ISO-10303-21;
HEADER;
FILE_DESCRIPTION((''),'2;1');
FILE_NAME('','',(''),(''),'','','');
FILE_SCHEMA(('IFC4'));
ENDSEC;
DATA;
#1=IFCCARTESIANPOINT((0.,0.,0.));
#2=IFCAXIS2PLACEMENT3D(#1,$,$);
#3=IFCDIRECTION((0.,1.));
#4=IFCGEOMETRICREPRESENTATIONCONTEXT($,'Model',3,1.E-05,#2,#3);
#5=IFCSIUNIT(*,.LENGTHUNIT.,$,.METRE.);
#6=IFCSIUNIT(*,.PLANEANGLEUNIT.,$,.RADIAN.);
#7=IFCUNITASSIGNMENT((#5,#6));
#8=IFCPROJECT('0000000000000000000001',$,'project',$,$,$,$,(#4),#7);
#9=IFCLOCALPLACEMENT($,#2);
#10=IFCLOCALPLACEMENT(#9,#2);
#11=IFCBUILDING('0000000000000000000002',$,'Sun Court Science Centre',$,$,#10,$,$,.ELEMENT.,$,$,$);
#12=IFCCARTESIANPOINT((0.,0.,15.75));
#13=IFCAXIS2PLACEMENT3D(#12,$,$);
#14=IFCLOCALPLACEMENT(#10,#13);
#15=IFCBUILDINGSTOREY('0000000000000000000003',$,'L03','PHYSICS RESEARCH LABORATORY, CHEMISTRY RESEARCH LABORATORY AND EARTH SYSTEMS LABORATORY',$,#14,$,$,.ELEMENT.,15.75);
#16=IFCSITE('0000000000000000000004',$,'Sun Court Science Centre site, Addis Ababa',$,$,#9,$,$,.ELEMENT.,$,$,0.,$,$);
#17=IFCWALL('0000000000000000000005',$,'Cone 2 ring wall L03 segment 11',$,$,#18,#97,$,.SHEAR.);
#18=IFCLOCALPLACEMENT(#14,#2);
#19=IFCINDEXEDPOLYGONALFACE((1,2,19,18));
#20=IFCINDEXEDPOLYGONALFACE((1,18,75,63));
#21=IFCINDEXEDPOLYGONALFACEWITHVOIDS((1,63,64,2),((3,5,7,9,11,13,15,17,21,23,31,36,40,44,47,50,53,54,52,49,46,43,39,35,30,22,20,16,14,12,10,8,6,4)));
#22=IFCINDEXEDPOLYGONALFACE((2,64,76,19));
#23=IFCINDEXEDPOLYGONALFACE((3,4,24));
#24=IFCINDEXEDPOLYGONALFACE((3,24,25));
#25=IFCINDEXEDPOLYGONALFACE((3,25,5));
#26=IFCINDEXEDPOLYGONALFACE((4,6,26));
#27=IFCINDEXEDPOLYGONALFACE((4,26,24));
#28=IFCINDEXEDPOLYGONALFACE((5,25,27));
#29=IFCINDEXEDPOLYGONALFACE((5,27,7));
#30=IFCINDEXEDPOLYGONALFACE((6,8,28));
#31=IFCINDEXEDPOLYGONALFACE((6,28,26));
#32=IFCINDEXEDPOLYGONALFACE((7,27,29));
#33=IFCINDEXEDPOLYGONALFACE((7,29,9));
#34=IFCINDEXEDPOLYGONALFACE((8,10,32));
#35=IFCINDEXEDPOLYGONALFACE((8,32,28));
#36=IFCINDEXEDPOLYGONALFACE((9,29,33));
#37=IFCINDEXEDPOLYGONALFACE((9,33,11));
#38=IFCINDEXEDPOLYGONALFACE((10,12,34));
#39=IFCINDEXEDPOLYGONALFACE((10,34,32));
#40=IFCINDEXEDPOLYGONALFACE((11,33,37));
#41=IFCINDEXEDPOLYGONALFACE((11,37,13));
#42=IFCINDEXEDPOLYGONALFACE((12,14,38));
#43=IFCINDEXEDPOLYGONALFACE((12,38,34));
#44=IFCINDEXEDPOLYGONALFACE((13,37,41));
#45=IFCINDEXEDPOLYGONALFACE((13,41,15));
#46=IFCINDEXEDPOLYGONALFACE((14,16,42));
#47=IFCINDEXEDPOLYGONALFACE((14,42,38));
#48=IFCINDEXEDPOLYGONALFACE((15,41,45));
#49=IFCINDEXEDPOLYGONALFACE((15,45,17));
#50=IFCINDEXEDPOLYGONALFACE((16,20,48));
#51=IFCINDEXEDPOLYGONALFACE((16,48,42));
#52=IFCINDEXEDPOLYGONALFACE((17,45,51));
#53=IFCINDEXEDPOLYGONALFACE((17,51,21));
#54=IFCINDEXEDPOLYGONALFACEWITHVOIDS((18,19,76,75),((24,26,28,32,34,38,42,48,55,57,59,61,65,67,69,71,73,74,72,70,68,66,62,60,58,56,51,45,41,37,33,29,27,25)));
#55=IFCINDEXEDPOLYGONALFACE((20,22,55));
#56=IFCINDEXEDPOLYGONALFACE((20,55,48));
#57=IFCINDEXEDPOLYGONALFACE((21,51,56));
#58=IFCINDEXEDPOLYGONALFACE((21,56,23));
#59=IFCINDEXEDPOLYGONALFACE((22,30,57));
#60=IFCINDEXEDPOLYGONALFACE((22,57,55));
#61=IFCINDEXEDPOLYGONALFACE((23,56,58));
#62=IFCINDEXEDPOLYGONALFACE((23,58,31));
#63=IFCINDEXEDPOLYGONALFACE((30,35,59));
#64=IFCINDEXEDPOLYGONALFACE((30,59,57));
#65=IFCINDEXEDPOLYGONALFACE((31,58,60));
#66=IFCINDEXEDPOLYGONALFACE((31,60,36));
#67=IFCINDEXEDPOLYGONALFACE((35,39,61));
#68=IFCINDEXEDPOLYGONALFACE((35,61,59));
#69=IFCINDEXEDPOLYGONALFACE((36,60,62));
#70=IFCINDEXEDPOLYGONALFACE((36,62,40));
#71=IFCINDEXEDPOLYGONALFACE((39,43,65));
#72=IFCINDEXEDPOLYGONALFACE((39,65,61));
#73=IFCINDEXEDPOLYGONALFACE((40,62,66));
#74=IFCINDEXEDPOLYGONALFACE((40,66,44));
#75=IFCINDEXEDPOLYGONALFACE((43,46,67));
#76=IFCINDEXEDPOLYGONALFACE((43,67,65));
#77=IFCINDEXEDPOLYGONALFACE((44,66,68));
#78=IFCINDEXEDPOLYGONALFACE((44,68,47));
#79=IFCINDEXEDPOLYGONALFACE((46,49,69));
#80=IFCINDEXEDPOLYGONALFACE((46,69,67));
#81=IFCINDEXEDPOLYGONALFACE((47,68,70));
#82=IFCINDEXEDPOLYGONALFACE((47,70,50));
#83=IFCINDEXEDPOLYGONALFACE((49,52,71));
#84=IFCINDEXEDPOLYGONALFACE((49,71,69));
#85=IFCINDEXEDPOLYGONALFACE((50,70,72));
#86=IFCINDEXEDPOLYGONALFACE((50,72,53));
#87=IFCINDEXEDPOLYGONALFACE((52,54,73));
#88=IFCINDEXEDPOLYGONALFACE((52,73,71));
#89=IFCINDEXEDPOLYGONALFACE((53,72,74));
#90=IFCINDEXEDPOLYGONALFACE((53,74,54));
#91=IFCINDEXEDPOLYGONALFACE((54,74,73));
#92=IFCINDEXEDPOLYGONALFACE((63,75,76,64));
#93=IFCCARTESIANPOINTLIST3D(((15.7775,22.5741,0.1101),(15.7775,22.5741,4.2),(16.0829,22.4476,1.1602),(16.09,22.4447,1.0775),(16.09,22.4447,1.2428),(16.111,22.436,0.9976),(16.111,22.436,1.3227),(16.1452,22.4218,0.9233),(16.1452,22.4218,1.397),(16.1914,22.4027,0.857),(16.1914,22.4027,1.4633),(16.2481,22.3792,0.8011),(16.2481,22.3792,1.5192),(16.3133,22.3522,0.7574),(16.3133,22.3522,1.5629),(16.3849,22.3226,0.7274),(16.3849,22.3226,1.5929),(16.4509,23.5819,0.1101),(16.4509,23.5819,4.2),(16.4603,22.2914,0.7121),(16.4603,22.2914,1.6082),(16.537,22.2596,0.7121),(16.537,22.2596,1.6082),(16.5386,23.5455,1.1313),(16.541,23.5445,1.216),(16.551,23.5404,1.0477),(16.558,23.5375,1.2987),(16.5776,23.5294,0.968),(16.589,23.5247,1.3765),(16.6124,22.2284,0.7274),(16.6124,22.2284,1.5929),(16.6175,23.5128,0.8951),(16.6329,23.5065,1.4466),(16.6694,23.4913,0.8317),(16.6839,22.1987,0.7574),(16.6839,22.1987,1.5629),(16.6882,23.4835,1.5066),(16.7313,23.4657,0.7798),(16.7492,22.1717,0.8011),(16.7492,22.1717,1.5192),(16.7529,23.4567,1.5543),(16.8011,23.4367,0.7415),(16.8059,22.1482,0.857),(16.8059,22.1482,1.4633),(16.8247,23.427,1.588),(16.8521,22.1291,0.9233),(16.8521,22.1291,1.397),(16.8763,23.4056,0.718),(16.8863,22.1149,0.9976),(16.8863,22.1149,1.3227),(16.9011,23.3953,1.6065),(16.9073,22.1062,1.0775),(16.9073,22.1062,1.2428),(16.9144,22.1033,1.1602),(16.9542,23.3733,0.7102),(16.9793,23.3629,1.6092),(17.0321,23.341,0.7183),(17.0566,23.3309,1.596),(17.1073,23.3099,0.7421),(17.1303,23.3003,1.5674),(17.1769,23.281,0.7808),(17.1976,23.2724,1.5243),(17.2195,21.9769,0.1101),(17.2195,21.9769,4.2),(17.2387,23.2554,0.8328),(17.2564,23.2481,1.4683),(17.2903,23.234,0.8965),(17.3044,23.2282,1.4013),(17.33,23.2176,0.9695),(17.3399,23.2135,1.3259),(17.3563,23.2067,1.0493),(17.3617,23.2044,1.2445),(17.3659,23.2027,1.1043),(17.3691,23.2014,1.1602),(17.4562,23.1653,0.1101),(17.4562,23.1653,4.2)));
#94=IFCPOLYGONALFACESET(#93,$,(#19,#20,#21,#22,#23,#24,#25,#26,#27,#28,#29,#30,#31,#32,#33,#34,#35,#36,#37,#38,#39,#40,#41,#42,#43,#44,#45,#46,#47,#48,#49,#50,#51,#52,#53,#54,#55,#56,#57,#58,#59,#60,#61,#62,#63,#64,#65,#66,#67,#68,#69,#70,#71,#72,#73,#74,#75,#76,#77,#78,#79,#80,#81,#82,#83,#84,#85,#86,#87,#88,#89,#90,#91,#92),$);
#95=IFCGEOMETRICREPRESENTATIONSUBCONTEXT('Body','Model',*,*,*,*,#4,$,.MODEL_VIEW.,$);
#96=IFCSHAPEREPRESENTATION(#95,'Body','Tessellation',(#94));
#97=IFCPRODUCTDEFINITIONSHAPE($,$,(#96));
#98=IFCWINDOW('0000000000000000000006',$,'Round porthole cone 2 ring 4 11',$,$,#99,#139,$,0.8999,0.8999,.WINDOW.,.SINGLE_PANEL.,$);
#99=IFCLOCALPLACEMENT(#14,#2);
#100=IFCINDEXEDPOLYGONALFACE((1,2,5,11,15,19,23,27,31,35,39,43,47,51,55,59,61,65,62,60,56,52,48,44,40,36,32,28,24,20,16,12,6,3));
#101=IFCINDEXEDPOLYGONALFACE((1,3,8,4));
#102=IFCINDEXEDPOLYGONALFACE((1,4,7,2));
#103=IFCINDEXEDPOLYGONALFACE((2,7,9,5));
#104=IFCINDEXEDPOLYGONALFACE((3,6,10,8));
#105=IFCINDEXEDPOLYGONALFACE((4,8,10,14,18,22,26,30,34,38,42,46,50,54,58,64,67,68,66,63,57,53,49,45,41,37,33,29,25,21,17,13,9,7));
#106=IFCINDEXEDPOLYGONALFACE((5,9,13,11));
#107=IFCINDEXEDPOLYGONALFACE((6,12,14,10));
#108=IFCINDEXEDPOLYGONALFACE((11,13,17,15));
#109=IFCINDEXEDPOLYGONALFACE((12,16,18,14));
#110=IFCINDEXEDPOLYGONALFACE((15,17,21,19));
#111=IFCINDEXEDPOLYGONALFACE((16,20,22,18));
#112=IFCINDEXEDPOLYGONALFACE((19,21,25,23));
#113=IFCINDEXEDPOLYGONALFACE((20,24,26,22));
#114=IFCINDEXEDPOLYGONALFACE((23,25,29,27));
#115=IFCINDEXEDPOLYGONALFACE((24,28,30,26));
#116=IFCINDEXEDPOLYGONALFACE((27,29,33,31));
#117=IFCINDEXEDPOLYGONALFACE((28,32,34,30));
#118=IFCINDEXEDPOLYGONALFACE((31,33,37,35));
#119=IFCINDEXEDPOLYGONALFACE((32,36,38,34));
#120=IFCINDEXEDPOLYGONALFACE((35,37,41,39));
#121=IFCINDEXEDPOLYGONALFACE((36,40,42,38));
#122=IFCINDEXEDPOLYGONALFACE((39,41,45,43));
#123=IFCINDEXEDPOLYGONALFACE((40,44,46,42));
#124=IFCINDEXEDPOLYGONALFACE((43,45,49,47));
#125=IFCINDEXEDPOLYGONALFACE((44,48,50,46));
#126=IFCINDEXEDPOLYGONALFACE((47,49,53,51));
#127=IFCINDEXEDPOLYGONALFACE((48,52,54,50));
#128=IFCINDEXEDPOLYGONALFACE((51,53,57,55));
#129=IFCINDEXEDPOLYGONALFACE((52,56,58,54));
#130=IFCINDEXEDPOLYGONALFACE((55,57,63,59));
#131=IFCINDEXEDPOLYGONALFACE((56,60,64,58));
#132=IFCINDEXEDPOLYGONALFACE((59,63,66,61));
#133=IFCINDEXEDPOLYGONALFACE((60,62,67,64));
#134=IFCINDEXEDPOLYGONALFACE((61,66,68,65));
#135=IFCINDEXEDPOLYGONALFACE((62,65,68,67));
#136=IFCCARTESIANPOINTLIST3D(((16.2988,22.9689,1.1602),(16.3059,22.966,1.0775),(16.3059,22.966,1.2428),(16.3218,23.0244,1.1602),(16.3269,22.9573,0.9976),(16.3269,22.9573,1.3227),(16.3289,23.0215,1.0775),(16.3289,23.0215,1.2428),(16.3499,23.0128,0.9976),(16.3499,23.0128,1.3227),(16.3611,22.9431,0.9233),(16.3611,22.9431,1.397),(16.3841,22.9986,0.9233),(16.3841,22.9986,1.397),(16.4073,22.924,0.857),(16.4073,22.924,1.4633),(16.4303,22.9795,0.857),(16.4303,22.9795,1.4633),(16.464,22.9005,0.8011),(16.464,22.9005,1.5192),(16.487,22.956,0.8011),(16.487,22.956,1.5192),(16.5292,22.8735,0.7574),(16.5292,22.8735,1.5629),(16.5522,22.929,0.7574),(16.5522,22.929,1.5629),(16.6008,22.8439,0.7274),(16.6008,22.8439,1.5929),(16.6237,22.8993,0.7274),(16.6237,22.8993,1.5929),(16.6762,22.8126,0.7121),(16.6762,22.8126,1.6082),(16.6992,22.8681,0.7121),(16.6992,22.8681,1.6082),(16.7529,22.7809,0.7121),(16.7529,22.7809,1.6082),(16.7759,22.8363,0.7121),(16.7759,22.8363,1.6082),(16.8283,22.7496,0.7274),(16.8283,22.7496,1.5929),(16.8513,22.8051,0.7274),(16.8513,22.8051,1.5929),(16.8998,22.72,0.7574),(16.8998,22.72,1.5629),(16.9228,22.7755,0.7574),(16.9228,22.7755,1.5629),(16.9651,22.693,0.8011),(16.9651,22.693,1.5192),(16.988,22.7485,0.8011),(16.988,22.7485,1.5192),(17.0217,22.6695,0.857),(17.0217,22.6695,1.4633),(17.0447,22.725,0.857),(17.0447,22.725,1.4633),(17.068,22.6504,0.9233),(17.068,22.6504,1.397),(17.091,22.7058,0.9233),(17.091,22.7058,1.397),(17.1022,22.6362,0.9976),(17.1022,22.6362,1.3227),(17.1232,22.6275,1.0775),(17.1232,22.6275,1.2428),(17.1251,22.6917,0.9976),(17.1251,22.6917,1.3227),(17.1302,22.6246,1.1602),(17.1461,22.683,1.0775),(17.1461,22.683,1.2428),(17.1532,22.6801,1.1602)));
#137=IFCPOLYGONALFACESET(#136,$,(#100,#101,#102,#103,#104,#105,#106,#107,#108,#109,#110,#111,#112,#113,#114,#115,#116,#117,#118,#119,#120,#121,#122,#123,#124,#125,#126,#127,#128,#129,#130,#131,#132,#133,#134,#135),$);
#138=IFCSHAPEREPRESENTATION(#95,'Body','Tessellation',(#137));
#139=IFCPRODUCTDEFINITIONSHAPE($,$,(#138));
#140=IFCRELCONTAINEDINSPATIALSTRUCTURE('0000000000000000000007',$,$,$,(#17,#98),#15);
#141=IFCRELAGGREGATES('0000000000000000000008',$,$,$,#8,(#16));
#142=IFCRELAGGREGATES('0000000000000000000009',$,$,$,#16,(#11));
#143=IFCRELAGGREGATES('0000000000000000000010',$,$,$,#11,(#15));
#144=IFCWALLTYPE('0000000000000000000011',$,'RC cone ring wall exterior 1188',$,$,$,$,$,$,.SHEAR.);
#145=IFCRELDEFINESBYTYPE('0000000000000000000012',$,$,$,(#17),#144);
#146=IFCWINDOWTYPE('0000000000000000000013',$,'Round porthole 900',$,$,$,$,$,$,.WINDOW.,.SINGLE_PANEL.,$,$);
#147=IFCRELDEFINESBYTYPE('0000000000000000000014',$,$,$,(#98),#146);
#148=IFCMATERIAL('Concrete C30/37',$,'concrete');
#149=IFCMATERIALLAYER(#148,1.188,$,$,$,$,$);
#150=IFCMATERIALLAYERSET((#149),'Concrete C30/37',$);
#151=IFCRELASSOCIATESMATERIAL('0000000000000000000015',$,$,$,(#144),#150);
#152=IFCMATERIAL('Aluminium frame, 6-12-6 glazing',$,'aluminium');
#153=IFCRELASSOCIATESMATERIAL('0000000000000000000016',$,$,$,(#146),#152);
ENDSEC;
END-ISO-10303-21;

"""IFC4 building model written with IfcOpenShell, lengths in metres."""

from ifc_helpers import new_model, si_unit, direction, frame, frame_2d, origin, place, context, subcontext, project, spatial, polyline, circle, outline, extrude, material, layer, layer_set, type_object, element, fill, save


model = new_model("IFC4")

# Units and contexts
model_context = context("Model", 3, precision=1e-05, world=origin(), true_north=direction((0.0, 1.0)))
body_context = subcontext(model_context, "Body", "Model", "MODEL_VIEW")
ifc_project = project(units=[si_unit("LENGTHUNIT", "METRE"), si_unit("PLANEANGLEUNIT", "RADIAN")], contexts=[model_context])

# Site, building, storey
site_placement = place(None, origin())
site = spatial("IfcSite", under=ifc_project, at=site_placement, Name="Sun Court Science Centre site, Addis Ababa", CompositionType="ELEMENT", RefElevation=0.0)
building_placement = place(site_placement, origin())
building = spatial("IfcBuilding", under=site, at=building_placement, Name="Sun Court Science Centre", CompositionType="ELEMENT")
storey_placement = place(building_placement, frame((0.0, 0.0, 15.75)))
storey = spatial("IfcBuildingStorey", under=building, at=storey_placement, Name="L03", Description="PHYSICS RESEARCH LABORATORY, CHEMISTRY RESEARCH LABORATORY AND EARTH SYSTEMS LABORATORY", CompositionType="ELEMENT", Elevation=15.75)

# Wall, opening, window
ifc_material_1 = material(Name="Concrete C30/37", Category="concrete")
ifc_layer_1 = layer(ifc_material_1, 1.188)
ifc_layer_set_1 = layer_set([ifc_layer_1], Name="Concrete C30/37")
wall_type_1 = type_object("IfcWallType", Name="RC cone ring wall exterior 1188", PredefinedType="SHEAR", material=ifc_layer_set_1)
ifc_material_2 = material(Name="Aluminium frame, 6-12-6 glazing", Category="aluminium")
window_type = type_object("IfcWindowType", Name="Round porthole 900", PartitioningType="SINGLE_PANEL", PredefinedType="WINDOW", material=ifc_material_2)
wall_1_placement = place(storey_placement, frame((16.0051, 23.123, 0.1101), z_axis=(0.0, 0.0, 1.0), x_axis=(0.923899, -0.382637, 0.0)))
wall_1 = element("IfcWall", 1, at=wall_1_placement, inside=storey, type_object=wall_type_1, Name="Cone 2 ring wall L03 segment 11", PredefinedType="SHEAR", context=body_context, shape_type="SweptSolid", body=[
    extrude(outline(polyline([(-0.0002, -0.5942), (1.5605, -0.5942), (1.3245, 0.5942), (0.2363, 0.5945), (-0.0002, -0.5942)])), origin(), (0.0, 0.0, 1.0), 4.0898),
])
opening_1_placement = place(wall_1_placement, frame((0.3303, 0.0, 0.6001)))
opening_1 = element("IfcOpeningElement", 2, at=opening_1_placement, cuts=wall_1, PredefinedType="OPENING", context=body_context, shape_type="SweptSolid", body=[
    extrude(circle(Radius=0.45, at=frame_2d((0.45, 0.45))), frame((0.0, 0.6042, 0.0), z_axis=(0.0, -1.0, 0.0), x_axis=(1.0, 0.0, 0.0)), (0.0, 0.0, 1.0), 1.2085),
])
window_1_placement = place(opening_1_placement, origin())
window_1 = element("IfcWindow", 3, at=window_1_placement, inside=storey, type_object=window_type, Name="Round porthole cone 2 ring 4 11", OverallHeight=0.8999, OverallWidth=0.8999, PartitioningType="SINGLE_PANEL", PredefinedType="WINDOW", context=body_context, shape_type="SweptSolid", body=[
    extrude(circle(Radius=0.45, at=frame_2d((0.45, 0.45))), frame((0.0, 0.03, 0.0), z_axis=(0.0, -1.0, 0.0), x_axis=(1.0, 0.0, 0.0)), (0.0, 0.0, 1.0), 0.0601),
])
fill(opening_1, window_1)

save(model, "model.ifc")
